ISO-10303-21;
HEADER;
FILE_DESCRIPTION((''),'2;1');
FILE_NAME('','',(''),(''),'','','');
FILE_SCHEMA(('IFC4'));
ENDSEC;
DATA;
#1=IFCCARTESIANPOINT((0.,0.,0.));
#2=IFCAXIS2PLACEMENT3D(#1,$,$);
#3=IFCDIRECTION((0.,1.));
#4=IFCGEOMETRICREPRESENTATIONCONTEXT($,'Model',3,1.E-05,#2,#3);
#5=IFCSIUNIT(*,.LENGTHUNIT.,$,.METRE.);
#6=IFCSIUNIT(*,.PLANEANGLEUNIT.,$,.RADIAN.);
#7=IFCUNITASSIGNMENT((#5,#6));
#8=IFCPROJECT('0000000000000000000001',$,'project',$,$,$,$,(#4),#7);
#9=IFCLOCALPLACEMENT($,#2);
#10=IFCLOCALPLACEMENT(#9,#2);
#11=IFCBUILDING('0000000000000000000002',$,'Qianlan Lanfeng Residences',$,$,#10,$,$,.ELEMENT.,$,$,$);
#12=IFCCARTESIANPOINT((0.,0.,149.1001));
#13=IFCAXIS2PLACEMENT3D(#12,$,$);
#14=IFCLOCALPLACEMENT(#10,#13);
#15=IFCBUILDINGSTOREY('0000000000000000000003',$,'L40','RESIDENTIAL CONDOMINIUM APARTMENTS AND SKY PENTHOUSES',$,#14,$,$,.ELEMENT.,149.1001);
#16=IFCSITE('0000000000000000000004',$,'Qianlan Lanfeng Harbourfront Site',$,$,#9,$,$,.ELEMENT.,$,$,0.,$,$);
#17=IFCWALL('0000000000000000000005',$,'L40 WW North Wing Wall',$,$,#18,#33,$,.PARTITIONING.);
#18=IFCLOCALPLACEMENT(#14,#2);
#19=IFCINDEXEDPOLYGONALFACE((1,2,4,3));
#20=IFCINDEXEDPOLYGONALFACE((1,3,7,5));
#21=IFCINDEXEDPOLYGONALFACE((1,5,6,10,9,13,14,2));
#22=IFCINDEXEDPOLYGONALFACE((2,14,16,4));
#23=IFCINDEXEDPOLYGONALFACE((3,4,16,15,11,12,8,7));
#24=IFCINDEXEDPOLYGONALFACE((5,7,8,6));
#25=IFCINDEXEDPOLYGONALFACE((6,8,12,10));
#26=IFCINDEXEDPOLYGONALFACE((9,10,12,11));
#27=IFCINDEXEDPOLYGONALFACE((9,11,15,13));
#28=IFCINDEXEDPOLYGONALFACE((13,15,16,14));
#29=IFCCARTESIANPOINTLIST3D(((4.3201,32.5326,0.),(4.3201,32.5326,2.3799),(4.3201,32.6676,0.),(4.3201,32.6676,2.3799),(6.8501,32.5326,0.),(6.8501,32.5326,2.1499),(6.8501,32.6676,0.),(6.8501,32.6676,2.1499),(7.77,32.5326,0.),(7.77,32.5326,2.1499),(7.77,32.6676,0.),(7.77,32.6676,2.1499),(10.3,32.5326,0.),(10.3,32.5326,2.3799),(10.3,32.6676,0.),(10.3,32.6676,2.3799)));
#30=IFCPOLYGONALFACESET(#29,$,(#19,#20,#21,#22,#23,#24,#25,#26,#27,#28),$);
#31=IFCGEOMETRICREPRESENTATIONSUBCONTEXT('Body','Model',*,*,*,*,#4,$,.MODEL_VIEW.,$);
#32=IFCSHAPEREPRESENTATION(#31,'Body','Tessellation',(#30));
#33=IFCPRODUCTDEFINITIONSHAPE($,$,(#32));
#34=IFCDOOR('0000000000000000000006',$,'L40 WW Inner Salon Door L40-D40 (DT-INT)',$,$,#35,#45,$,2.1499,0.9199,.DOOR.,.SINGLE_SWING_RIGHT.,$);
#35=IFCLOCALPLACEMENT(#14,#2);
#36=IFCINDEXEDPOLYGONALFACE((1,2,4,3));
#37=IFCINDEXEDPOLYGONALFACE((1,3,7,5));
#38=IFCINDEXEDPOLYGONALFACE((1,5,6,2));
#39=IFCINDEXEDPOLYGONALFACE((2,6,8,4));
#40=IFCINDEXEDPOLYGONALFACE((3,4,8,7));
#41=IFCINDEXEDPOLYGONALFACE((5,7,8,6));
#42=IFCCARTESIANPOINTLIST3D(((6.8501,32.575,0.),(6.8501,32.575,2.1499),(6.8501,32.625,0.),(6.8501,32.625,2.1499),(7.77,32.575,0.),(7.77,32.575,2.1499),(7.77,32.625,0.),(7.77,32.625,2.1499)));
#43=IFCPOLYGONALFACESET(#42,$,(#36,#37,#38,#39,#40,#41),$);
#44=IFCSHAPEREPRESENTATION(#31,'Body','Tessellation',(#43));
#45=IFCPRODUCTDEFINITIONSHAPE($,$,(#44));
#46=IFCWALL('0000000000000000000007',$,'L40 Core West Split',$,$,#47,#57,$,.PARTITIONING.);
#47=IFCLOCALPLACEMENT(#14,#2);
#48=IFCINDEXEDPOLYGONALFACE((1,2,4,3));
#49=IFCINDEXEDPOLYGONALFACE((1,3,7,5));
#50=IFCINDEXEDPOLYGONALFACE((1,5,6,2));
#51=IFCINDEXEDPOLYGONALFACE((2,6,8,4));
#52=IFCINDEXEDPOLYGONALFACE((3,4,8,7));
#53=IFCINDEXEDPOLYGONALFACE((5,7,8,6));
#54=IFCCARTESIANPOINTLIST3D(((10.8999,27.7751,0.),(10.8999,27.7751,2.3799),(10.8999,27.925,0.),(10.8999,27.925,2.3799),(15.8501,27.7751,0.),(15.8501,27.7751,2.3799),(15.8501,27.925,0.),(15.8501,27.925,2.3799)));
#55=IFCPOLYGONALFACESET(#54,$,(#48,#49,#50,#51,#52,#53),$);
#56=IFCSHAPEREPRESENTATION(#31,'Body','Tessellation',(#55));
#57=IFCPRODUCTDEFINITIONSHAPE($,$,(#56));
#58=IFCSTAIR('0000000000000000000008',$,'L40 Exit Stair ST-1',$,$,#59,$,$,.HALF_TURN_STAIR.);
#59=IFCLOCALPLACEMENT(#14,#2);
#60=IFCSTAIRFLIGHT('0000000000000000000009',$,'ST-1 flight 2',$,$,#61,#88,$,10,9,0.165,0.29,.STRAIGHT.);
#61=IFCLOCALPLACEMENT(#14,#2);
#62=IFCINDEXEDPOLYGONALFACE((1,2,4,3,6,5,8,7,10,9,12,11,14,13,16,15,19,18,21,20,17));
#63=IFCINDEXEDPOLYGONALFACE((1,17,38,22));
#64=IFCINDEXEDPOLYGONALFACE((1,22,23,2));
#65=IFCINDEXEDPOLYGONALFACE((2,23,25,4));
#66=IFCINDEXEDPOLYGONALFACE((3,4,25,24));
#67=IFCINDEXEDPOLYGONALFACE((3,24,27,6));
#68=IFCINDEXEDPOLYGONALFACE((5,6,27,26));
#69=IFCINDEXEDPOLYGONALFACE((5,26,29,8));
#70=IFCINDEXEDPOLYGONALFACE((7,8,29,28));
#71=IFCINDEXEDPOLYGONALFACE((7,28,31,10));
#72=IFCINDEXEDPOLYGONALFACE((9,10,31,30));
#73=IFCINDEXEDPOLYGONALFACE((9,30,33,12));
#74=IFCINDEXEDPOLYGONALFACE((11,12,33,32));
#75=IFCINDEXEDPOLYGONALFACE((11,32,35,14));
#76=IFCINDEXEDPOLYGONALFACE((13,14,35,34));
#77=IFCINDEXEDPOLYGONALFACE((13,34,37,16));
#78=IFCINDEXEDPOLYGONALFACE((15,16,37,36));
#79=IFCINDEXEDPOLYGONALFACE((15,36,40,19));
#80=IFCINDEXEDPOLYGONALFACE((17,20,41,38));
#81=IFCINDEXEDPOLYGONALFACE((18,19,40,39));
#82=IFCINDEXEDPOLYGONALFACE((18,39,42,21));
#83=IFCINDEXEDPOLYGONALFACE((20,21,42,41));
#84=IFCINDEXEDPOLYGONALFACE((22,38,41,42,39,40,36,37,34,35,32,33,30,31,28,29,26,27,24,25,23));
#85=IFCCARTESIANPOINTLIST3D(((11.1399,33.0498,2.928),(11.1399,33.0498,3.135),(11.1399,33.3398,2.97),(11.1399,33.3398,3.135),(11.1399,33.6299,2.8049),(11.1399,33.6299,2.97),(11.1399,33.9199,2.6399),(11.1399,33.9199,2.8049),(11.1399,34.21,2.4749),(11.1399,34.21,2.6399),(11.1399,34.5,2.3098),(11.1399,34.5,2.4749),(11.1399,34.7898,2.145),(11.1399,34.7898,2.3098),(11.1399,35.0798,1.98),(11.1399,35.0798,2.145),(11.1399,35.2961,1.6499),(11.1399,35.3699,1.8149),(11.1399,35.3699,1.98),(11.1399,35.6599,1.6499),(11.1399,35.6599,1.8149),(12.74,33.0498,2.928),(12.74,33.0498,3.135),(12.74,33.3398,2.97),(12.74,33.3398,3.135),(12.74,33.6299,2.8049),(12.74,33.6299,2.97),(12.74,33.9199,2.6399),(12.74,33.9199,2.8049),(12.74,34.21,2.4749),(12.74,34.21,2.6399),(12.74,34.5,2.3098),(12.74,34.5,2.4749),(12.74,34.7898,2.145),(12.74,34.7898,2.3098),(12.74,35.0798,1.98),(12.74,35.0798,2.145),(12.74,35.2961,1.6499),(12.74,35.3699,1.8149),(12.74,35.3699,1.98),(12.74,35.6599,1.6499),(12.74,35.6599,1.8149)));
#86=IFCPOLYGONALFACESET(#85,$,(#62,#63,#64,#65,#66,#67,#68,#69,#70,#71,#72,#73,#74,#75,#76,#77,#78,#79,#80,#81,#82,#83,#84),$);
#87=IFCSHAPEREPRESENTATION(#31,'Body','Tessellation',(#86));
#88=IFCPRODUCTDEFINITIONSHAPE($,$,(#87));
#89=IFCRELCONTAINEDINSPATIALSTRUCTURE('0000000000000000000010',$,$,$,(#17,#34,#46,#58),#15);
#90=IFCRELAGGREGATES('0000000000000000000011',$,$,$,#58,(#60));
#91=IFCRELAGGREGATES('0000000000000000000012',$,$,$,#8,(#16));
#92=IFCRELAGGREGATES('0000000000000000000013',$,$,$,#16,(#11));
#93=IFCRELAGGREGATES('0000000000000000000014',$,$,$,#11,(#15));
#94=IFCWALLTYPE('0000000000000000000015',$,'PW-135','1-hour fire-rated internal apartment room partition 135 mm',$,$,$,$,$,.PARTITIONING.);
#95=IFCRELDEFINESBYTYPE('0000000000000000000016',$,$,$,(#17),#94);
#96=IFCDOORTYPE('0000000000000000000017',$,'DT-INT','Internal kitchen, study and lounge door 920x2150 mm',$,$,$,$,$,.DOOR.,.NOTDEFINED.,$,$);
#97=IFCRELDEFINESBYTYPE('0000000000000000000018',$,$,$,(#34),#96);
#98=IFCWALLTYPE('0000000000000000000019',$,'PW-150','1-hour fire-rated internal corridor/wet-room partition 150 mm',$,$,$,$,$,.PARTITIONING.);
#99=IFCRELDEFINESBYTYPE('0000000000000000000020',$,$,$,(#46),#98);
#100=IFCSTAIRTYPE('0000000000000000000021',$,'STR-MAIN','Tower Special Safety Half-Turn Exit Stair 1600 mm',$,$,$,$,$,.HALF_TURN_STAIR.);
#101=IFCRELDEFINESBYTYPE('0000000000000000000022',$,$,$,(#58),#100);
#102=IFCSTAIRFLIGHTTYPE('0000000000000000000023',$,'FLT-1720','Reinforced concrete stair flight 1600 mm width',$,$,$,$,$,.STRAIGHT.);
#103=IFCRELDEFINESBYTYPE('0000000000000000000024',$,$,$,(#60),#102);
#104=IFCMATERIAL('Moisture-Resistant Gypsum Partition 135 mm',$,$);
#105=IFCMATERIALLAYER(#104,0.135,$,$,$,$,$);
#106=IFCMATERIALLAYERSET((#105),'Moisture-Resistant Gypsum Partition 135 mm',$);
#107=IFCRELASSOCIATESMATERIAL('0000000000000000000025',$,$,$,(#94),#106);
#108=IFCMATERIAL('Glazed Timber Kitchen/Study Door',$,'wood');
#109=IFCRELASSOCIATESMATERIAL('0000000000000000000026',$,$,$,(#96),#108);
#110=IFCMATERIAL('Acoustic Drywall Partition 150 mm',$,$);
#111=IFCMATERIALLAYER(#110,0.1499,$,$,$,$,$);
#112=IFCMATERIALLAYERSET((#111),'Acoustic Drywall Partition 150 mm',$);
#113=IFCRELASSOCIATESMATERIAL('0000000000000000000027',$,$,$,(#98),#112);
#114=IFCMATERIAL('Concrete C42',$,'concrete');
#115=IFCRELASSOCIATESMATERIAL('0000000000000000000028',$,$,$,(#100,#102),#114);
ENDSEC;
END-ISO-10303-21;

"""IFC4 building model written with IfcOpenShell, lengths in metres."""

from ifc_helpers import new_model, si_unit, direction, frame, frame_2d, origin, place, context, subcontext, project, spatial, polyline, rectangle, outline, extrude, material, layer, layer_set, type_object, element, fill, aggregate, save


model = new_model("IFC4")

# Units and contexts
model_context = context("Model", 3, precision=1e-05, world=origin(), true_north=direction((0.0, 1.0)))
body_context = subcontext(model_context, "Body", "Model", "MODEL_VIEW")
ifc_project = project(units=[si_unit("LENGTHUNIT", "METRE"), si_unit("PLANEANGLEUNIT", "RADIAN")], contexts=[model_context])

# Site, building, storey
site_placement = place(None, origin())
site = spatial("IfcSite", under=ifc_project, at=site_placement, Name="Qianlan Lanfeng Harbourfront Site", CompositionType="ELEMENT", RefElevation=0.0)
building_placement = place(site_placement, origin())
building = spatial("IfcBuilding", under=site, at=building_placement, Name="Qianlan Lanfeng Residences", CompositionType="ELEMENT")
storey_placement = place(building_placement, frame((0.0, 0.0, 149.1001)))
storey = spatial("IfcBuildingStorey", under=building, at=storey_placement, Name="L40", Description="RESIDENTIAL CONDOMINIUM APARTMENTS AND SKY PENTHOUSES", CompositionType="ELEMENT", Elevation=149.1001)

# Shared definitions
ifc_material_1 = material(Name="Concrete C42", Category="concrete")

# Wall, opening, door
ifc_material_2 = material(Name="Moisture-Resistant Gypsum Partition 135 mm")
ifc_layer_1 = layer(ifc_material_2, 0.135)
ifc_layer_set_1 = layer_set([ifc_layer_1], Name="Moisture-Resistant Gypsum Partition 135 mm")
wall_type_1 = type_object("IfcWallType", Name="PW-135", Description="1-hour fire-rated internal apartment room partition 135 mm", PredefinedType="PARTITIONING", material=ifc_layer_set_1)
wall_1_placement = place(storey_placement, frame((4.3201, 32.6001, 0.0), z_axis=(0.0, 0.0, 1.0), x_axis=(1.0, 0.0, 0.0)))
wall_1 = element("IfcWall", 1, at=wall_1_placement, inside=storey, type_object=wall_type_1, Name="L40 WW North Wing Wall", PredefinedType="PARTITIONING", context=body_context, shape_type="SweptSolid", body=[
    extrude(rectangle(XDim=5.98, YDim=0.135, at=frame_2d((2.99, 0.0))), origin(), (0.0, 0.0, 1.0), 2.3799),
])
opening_placement = place(wall_1_placement, frame((2.53, 0.0, 0.0)))
opening = element("IfcOpeningElement", 2, at=opening_placement, cuts=wall_1, PredefinedType="OPENING", context=body_context, shape_type="SweptSolid", body=[
    extrude(rectangle(XDim=0.9199, YDim=2.1499, at=frame_2d((0.46, 1.075))), frame((0.0, 0.0776, 0.0), z_axis=(0.0, -1.0, 0.0), x_axis=(1.0, 0.0, 0.0)), (0.0, 0.0, 1.0), 0.155),
])
ifc_material_3 = material(Name="Glazed Timber Kitchen/Study Door", Category="wood")
door_type = type_object("IfcDoorType", Name="DT-INT", Description="Internal kitchen, study and lounge door 920x2150 mm", OperationType="NOTDEFINED", PredefinedType="DOOR", material=ifc_material_3)
door_placement = place(opening_placement, origin())
door = element("IfcDoor", 3, at=door_placement, inside=storey, type_object=door_type, Name="L40 WW Inner Salon Door L40-D40 (DT-INT)", OperationType="SINGLE_SWING_RIGHT", OverallHeight=2.1499, OverallWidth=0.9199, PredefinedType="DOOR", context=body_context, shape_type="SweptSolid", body=[
    extrude(rectangle(XDim=0.9199, YDim=2.1499, at=frame_2d((0.46, 1.075))), frame((0.0, 0.0249, 0.0), z_axis=(0.0, -1.0, 0.0), x_axis=(1.0, 0.0, 0.0)), (0.0, 0.0, 1.0), 0.05),
])
fill(opening, door)

# Wall
ifc_material_4 = material(Name="Acoustic Drywall Partition 150 mm")
ifc_layer_2 = layer(ifc_material_4, 0.1499)
ifc_layer_set_2 = layer_set([ifc_layer_2], Name="Acoustic Drywall Partition 150 mm")
wall_type_2 = type_object("IfcWallType", Name="PW-150", Description="1-hour fire-rated internal corridor/wet-room partition 150 mm", PredefinedType="PARTITIONING", material=ifc_layer_set_2)
wall_2_placement = place(storey_placement, frame((10.8999, 27.8501, 0.0), z_axis=(0.0, 0.0, 1.0), x_axis=(1.0, 0.0, 0.0)))
element("IfcWall", 4, at=wall_2_placement, inside=storey, type_object=wall_type_2, Name="L40 Core West Split", PredefinedType="PARTITIONING", context=body_context, shape_type="SweptSolid", body=[
    extrude(rectangle(XDim=4.9502, YDim=0.1499, at=frame_2d((2.4751, 0.0))), origin(), (0.0, 0.0, 1.0), 2.3799),
])

# Stair, stair flight
stair_type = type_object("IfcStairType", Name="STR-MAIN", Description="Tower Special Safety Half-Turn Exit Stair 1600 mm", PredefinedType="HALF_TURN_STAIR", material=ifc_material_1)
stair_placement = place(storey_placement, origin())
stair = element("IfcStair", 5, at=stair_placement, inside=storey, type_object=stair_type, Name="L40 Exit Stair ST-1", PredefinedType="HALF_TURN_STAIR")
stair_flight_type = type_object("IfcStairFlightType", Name="FLT-1720", Description="Reinforced concrete stair flight 1600 mm width", PredefinedType="STRAIGHT", material=ifc_material_1)
stair_flight_placement = place(storey_placement, frame((11.9399, 35.6599, 1.6499), z_axis=(0.0, 0.0, 1.0), x_axis=(0.0, -1.0, 0.0)))
stair_flight = element("IfcStairFlight", 6, at=stair_flight_placement, type_object=stair_flight_type, Name="ST-1 flight 2", NumberOfRisers=10, NumberOfTreads=9, PredefinedType="STRAIGHT", RiserHeight=0.165, TreadLength=0.29, context=body_context, shape_type="SweptSolid", body=[
    extrude(outline(polyline([(0.0, 0.0), (0.0, 0.165), (0.29, 0.165), (0.29, 0.3301), (0.5801, 0.3301), (0.5801, 0.4951), (0.8701, 0.4951), (0.8701, 0.6599), (1.1599, 0.6599), (1.1599, 0.825), (1.45, 0.825), (1.45, 0.99), (1.74, 0.99), (1.74, 1.155), (2.03, 1.155), (2.03, 1.3201), (2.3201, 1.3201), (2.3201, 1.4851), (2.6101, 1.4851), (2.6101, 1.6499), (2.6101, 1.2781), (0.3638, 0.0), (0.0, 0.0)])), frame((0.0, 0.8, 0.0), z_axis=(0.0, -1.0, 0.0), x_axis=(1.0, 0.0, 0.0)), (0.0, 0.0, 1.0), 1.6001),
])
aggregate(stair, [stair_flight])

save(model, "model.ifc")
